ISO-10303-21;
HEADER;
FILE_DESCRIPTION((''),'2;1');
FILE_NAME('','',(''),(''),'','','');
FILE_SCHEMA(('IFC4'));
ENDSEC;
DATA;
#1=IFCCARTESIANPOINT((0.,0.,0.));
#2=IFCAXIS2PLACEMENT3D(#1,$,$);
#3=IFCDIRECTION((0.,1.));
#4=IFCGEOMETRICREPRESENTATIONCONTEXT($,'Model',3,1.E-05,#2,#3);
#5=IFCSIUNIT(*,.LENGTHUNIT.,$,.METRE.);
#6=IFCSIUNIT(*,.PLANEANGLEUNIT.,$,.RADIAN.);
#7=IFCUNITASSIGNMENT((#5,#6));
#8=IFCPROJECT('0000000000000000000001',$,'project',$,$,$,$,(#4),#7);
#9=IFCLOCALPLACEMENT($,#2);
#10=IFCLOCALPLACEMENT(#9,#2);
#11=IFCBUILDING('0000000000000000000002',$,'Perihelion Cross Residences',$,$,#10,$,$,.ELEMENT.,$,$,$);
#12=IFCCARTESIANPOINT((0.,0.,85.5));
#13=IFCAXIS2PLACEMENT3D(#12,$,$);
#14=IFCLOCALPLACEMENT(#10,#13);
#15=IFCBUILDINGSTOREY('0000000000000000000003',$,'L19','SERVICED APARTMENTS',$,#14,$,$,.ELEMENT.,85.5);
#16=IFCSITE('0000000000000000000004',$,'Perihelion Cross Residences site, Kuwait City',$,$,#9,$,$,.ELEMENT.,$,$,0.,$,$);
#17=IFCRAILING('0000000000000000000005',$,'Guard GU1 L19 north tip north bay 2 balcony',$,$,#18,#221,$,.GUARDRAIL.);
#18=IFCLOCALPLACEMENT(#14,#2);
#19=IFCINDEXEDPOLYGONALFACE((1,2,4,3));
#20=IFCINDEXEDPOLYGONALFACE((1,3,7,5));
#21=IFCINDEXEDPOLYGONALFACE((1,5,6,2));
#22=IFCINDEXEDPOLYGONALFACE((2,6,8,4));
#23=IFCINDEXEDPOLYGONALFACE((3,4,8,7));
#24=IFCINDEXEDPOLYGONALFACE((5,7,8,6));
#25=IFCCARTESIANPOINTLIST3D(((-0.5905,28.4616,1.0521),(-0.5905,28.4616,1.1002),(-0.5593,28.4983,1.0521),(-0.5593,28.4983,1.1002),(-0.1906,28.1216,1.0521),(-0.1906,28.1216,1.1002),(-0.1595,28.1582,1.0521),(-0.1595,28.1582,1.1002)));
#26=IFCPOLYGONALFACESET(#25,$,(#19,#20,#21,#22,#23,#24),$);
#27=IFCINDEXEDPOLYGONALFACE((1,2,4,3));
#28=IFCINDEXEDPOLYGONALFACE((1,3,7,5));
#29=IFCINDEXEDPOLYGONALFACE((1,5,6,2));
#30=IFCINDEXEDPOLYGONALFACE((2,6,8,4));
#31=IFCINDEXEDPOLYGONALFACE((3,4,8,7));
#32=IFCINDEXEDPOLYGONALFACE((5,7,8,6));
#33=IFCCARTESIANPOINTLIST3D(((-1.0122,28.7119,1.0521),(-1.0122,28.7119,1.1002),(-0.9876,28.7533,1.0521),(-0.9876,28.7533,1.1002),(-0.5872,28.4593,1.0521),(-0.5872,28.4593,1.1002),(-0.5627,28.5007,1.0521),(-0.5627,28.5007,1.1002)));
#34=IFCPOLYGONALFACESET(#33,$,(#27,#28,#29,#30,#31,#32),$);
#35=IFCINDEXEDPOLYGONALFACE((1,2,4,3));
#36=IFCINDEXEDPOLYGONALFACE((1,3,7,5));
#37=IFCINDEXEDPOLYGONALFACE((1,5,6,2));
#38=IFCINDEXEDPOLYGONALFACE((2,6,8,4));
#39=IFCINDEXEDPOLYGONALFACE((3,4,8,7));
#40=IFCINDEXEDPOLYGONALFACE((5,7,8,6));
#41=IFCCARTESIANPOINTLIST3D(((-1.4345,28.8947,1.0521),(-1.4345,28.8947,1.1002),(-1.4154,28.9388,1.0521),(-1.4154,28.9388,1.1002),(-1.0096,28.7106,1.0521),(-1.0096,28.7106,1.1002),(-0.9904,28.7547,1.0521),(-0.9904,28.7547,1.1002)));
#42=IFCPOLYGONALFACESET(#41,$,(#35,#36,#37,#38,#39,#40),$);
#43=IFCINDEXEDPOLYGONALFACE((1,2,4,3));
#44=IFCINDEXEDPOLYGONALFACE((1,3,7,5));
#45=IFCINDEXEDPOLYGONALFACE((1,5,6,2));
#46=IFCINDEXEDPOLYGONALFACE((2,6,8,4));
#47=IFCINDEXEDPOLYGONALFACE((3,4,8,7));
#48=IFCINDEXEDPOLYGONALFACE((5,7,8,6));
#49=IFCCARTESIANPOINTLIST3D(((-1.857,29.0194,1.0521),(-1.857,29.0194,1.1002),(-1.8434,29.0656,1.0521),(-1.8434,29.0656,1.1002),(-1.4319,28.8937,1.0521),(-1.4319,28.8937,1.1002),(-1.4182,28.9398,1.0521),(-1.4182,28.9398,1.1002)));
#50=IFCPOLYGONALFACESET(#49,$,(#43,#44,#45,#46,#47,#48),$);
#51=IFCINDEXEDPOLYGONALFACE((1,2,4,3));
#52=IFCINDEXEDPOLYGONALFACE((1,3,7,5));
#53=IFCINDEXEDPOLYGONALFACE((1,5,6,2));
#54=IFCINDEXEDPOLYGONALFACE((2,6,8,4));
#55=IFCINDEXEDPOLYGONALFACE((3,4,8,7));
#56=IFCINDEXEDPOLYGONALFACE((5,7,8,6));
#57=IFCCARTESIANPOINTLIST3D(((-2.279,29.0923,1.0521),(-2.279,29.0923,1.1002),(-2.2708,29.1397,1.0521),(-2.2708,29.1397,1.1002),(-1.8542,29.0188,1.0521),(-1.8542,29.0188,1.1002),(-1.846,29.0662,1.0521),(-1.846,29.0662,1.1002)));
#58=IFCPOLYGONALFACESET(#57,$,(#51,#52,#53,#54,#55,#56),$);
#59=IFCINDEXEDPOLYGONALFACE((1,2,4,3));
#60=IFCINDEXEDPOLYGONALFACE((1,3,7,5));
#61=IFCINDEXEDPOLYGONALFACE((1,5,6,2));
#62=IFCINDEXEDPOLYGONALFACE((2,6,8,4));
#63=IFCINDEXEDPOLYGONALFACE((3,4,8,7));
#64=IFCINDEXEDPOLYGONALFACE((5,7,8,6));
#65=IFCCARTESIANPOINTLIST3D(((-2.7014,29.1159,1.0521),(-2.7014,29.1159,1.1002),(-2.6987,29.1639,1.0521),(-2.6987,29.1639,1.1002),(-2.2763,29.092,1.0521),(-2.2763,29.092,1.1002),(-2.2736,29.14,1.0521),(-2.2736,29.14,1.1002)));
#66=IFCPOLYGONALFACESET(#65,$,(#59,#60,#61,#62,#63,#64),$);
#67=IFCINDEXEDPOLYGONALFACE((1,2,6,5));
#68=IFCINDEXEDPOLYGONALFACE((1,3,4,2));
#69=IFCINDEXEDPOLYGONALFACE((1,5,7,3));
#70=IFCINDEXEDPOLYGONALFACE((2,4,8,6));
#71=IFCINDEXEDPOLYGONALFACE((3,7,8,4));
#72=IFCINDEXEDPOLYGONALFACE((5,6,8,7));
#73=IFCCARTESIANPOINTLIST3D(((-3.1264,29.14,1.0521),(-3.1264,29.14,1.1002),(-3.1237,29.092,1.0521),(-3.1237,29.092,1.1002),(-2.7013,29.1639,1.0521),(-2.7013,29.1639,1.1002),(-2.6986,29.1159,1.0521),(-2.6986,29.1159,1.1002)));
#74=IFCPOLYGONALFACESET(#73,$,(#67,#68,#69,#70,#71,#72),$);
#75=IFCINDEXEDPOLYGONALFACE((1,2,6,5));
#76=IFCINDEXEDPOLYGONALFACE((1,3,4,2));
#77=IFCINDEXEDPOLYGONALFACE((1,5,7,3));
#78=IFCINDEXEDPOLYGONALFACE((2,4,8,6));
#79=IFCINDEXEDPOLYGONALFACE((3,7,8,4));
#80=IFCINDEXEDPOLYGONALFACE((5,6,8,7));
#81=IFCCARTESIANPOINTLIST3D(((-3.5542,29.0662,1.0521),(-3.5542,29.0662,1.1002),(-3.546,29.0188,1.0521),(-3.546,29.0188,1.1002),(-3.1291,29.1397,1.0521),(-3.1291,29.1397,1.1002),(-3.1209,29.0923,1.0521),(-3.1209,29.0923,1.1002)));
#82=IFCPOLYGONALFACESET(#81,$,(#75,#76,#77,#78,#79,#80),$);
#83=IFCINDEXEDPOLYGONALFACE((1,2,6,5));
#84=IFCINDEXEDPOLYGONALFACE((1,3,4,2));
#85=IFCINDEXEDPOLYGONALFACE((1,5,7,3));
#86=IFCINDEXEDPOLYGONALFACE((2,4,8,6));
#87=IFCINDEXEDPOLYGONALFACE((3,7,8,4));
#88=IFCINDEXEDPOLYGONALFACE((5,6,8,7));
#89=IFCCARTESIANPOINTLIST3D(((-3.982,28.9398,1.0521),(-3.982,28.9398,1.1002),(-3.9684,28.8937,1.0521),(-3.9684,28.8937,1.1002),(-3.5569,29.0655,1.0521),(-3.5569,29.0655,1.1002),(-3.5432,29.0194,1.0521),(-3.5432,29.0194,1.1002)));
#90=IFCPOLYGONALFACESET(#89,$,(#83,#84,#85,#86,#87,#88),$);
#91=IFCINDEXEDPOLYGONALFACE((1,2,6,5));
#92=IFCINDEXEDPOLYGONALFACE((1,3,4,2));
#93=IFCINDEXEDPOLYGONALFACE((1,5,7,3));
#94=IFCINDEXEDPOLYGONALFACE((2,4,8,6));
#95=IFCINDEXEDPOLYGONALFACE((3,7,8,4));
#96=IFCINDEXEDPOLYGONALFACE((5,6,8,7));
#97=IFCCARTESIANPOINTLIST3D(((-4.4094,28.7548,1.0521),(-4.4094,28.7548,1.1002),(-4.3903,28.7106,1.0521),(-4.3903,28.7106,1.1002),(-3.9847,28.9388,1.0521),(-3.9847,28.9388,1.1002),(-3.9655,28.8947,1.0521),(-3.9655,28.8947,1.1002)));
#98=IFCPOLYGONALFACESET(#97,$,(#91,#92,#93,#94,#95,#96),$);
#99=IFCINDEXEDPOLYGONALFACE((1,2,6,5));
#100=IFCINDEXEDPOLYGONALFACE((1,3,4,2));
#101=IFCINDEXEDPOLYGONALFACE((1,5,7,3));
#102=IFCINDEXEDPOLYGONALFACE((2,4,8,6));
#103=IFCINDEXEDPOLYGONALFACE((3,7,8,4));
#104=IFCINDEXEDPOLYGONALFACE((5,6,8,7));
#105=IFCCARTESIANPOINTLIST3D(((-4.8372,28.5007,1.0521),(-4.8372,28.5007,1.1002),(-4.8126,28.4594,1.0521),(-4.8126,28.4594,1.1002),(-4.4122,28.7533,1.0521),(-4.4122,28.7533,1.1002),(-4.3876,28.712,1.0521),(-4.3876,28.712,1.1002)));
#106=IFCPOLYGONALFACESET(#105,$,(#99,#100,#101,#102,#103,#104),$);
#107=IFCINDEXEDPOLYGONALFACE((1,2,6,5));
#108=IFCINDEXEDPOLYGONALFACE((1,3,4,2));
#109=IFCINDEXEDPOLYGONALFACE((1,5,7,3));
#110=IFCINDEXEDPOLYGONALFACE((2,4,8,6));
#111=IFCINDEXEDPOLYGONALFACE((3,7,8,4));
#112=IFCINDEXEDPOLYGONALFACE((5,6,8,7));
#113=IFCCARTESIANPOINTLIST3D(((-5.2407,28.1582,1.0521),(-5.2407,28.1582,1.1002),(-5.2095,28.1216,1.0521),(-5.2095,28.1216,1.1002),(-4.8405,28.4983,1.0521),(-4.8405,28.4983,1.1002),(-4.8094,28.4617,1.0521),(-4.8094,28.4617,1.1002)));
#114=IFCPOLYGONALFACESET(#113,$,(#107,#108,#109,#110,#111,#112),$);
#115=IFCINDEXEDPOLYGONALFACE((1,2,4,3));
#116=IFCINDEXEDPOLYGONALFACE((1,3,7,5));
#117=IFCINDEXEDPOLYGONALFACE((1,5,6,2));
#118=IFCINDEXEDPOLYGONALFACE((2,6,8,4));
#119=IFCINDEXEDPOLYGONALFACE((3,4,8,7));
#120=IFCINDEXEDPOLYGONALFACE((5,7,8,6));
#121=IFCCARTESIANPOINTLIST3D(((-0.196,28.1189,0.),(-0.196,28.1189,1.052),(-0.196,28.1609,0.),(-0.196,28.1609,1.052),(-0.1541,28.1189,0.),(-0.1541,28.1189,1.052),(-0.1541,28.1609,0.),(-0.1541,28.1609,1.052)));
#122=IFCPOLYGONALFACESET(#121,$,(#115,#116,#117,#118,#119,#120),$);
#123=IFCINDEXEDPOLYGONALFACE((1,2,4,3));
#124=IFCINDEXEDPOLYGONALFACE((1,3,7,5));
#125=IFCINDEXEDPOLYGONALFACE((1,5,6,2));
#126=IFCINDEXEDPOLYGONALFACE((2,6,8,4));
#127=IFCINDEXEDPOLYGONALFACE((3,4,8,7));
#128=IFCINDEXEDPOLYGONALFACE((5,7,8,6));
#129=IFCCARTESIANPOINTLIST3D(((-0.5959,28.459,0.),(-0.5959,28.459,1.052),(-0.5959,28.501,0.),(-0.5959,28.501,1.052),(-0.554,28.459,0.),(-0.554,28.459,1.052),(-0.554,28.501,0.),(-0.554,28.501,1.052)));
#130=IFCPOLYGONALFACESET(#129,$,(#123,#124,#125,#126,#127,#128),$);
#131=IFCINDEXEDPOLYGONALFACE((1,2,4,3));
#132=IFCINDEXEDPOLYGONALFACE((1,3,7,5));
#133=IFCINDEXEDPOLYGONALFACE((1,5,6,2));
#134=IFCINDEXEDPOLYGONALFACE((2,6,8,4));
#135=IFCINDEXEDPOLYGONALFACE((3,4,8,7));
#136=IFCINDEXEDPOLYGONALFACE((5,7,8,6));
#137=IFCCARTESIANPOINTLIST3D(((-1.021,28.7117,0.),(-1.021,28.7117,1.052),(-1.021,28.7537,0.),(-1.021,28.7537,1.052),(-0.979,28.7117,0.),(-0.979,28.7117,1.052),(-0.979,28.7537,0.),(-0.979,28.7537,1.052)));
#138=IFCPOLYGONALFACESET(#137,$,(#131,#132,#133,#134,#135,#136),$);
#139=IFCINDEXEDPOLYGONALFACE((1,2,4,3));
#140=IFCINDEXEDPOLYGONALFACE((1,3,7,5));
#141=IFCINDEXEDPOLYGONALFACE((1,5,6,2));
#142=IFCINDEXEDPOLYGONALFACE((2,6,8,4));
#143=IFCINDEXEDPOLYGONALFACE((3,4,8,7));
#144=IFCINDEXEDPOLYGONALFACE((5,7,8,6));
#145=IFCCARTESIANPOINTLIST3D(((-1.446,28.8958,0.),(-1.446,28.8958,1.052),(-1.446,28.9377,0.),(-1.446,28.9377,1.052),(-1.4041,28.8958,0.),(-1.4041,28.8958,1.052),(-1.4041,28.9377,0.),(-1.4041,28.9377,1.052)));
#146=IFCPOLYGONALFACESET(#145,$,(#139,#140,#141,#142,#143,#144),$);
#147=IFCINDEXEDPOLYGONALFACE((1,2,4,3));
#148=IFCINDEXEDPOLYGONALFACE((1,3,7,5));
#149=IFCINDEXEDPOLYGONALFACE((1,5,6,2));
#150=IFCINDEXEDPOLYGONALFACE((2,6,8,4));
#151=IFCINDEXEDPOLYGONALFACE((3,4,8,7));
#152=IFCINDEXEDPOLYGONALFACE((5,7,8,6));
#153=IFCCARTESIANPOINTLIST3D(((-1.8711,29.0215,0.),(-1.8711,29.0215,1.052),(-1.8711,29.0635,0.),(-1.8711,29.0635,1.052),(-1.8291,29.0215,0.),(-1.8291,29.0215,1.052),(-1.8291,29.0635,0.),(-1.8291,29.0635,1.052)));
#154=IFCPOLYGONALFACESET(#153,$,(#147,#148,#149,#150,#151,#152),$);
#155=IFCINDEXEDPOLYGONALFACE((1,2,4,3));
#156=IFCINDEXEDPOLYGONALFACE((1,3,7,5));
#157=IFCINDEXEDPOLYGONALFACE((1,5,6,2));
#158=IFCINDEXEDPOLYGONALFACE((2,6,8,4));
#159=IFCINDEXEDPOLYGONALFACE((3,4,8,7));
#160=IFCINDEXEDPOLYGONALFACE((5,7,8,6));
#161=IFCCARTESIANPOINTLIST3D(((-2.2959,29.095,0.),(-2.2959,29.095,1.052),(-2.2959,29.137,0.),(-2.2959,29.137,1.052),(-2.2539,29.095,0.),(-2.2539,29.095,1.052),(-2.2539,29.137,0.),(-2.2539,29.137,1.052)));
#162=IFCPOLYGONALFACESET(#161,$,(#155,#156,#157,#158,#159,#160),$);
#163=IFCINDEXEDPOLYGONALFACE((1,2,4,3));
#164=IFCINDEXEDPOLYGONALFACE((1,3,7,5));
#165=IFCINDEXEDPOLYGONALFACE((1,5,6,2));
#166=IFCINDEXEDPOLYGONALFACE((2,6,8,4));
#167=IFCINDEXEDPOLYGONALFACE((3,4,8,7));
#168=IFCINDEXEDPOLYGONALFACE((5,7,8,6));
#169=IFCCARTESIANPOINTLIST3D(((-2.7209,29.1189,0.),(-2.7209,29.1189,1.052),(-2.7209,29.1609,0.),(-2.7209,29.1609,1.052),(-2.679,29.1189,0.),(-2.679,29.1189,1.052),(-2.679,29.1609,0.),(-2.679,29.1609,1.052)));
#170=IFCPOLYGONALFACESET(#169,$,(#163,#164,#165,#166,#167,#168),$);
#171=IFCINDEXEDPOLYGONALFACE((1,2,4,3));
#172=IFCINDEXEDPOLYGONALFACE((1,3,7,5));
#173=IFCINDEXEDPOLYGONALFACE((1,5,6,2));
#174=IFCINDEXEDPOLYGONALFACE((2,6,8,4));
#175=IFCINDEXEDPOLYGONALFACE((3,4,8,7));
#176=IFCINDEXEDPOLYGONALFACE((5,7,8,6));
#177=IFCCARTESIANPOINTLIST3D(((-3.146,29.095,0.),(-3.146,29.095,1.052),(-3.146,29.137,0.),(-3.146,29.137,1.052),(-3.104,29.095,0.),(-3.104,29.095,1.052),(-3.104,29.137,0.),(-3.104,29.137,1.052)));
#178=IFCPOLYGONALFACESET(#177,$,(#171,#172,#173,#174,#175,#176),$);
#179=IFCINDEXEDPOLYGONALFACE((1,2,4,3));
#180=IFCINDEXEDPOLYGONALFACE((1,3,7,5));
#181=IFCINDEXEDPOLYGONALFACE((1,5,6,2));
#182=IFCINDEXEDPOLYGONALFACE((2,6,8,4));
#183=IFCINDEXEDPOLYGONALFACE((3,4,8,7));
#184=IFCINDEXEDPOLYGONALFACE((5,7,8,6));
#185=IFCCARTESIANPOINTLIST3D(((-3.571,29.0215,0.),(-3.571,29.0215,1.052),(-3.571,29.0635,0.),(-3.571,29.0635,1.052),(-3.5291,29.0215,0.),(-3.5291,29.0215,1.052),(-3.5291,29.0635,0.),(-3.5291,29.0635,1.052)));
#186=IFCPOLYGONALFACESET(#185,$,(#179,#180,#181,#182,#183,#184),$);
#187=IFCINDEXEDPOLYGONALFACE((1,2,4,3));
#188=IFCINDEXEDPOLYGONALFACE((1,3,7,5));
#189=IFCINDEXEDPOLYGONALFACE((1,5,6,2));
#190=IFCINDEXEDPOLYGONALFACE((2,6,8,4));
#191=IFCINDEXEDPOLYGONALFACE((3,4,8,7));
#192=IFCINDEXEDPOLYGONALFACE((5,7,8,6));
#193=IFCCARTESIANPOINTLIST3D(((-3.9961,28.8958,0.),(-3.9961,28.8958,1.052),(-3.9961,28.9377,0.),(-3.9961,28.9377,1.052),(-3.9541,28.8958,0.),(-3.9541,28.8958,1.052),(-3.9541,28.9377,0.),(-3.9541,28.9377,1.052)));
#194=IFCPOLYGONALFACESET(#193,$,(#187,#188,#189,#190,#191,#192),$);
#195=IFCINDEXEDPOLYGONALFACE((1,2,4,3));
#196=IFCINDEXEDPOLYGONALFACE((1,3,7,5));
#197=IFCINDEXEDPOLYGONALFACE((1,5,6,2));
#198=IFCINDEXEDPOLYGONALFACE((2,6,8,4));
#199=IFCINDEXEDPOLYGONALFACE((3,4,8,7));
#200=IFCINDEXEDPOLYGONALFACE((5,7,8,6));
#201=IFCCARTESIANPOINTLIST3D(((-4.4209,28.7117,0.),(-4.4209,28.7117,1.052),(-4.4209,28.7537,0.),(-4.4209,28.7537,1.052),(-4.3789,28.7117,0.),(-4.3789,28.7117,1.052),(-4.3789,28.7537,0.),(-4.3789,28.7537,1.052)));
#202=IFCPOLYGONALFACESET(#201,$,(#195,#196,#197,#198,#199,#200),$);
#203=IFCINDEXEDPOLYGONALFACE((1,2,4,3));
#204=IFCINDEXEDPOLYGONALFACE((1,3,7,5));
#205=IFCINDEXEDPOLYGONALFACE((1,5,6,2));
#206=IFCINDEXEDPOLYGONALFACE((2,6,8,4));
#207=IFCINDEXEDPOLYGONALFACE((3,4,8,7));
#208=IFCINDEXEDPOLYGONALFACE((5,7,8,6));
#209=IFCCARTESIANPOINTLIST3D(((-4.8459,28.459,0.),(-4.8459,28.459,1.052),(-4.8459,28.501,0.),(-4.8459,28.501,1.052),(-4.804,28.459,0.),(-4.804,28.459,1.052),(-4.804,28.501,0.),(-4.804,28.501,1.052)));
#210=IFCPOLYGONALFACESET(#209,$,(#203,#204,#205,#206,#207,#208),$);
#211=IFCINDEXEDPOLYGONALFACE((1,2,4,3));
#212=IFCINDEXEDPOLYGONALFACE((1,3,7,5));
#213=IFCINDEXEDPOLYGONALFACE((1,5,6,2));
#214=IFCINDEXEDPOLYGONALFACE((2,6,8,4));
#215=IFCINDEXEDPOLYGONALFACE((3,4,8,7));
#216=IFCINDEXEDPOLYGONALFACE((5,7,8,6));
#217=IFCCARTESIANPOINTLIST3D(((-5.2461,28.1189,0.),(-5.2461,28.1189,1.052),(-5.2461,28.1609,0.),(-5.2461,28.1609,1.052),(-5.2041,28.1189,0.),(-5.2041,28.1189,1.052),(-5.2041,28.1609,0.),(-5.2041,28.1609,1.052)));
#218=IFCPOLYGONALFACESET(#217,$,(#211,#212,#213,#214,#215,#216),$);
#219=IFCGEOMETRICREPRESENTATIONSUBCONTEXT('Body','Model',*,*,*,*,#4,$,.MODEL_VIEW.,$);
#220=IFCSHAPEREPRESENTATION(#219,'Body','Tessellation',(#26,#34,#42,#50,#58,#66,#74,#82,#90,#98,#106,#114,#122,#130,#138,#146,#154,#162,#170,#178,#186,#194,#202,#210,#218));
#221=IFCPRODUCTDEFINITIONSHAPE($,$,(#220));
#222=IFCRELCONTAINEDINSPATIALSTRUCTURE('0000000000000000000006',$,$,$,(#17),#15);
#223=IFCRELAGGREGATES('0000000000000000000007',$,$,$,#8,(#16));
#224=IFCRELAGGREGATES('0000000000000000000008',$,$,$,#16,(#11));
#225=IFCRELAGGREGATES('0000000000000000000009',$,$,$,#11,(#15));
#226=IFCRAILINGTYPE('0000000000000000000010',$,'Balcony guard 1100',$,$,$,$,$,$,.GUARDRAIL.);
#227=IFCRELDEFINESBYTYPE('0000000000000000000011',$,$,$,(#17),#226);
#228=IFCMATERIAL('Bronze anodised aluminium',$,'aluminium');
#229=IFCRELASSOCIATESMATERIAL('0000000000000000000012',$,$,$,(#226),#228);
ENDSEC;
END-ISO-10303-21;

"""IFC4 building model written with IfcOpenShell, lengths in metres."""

from ifc_helpers import new_model, si_unit, direction, frame, origin, origin_2d, place, context, subcontext, project, spatial, rectangle, extrude, material, type_object, element, save


model = new_model("IFC4")

# Units and contexts
model_context = context("Model", 3, precision=1e-05, world=origin(), true_north=direction((0.0, 1.0)))
body_context = subcontext(model_context, "Body", "Model", "MODEL_VIEW")
ifc_project = project(units=[si_unit("LENGTHUNIT", "METRE"), si_unit("PLANEANGLEUNIT", "RADIAN")], contexts=[model_context])

# Site, building, storey
site_placement = place(None, origin())
site = spatial("IfcSite", under=ifc_project, at=site_placement, Name="Perihelion Cross Residences site, Kuwait City", CompositionType="ELEMENT", RefElevation=0.0)
building_placement = place(site_placement, origin())
building = spatial("IfcBuilding", under=site, at=building_placement, Name="Perihelion Cross Residences", CompositionType="ELEMENT")
storey_placement = place(building_placement, frame((0.0, 0.0, 85.5)))
storey = spatial("IfcBuildingStorey", under=building, at=storey_placement, Name="L19", Description="SERVICED APARTMENTS", CompositionType="ELEMENT", Elevation=85.5)

# Railing
ifc_material_1 = material(Name="Bronze anodised aluminium", Category="aluminium")
railing_type = type_object("IfcRailingType", Name="Balcony guard 1100", PredefinedType="GUARDRAIL", material=ifc_material_1)
railing_placement = place(storey_placement, frame((-0.175, 28.1399, 0.0)))
element("IfcRailing", 1, at=railing_placement, inside=storey, type_object=railing_type, Name="Guard GU1 L19 north tip north bay 2 balcony", PredefinedType="GUARDRAIL", context=body_context, shape_type="SweptSolid", body=[
    extrude(rectangle(XDim=0.0481, YDim=0.0481, at=origin_2d()), frame((0.0, 0.0, 1.0762), z_axis=(-0.761779, 0.647837, 0.0), x_axis=(-0.647837, -0.761779, 0.0)), (0.0, 0.0, 1.0), 0.5249),
    extrude(rectangle(XDim=0.0481, YDim=0.0481, at=origin_2d()), frame((-0.3999, 0.3401, 1.0762), z_axis=(-0.859577, 0.511006, 0.0), x_axis=(-0.511006, -0.859577, 0.0)), (0.0, 0.0, 1.0), 0.4944),
    extrude(rectangle(XDim=0.0481, YDim=0.0481, at=origin_2d()), frame((-0.825, 0.5928, 1.0762), z_axis=(-0.917639, 0.397415, 0.0), x_axis=(-0.397415, -0.917639, 0.0)), (0.0, 0.0, 1.0), 0.4631),
    extrude(rectangle(XDim=0.0481, YDim=0.0481, at=origin_2d()), frame((-1.25, 0.7769, 1.0762), z_axis=(-0.958926, 0.283657, 0.0), x_axis=(-0.283657, -0.958926, 0.0)), (0.0, 0.0, 1.0), 0.4434),
    extrude(rectangle(XDim=0.0481, YDim=0.0481, at=origin_2d()), frame((-1.675, 0.9026, 1.0762), z_axis=(-0.985365, 0.170457, 0.0), x_axis=(-0.170457, -0.985365, 0.0)), (0.0, 0.0, 1.0), 0.4312),
    extrude(rectangle(XDim=0.0481, YDim=0.0481, at=origin_2d()), frame((-2.0999, 0.9761, 1.0762), z_axis=(-0.99842, 0.056201, 0.0), x_axis=(-0.056201, -0.99842, 0.0)), (0.0, 0.0, 1.0), 0.4258),
    extrude(rectangle(XDim=0.0481, YDim=0.0481, at=origin_2d()), frame((-2.5249, 1.0, 1.0762), z_axis=(-0.99842, -0.056201, 0.0), x_axis=(0.056201, -0.99842, 0.0)), (0.0, 0.0, 1.0), 0.4258),
    extrude(rectangle(XDim=0.0481, YDim=0.0481, at=origin_2d()), frame((-2.95, 0.9761, 1.0762), z_axis=(-0.985382, -0.170362, 0.0), x_axis=(0.170362, -0.985382, 0.0)), (0.0, 0.0, 1.0), 0.4314),
    extrude(rectangle(XDim=0.0481, YDim=0.0481, at=origin_2d()), frame((-3.375, 0.9026, 1.0762), z_axis=(-0.958926, -0.283657, 0.0), x_axis=(0.283657, -0.958926, 0.0)), (0.0, 0.0, 1.0), 0.4434),
    extrude(rectangle(XDim=0.0481, YDim=0.0481, at=origin_2d()), frame((-3.8, 0.7769, 1.0762), z_axis=(-0.917556, -0.397607, 0.0), x_axis=(0.397607, -0.917556, 0.0)), (0.0, 0.0, 1.0), 0.4629),
    extrude(rectangle(XDim=0.0481, YDim=0.0481, at=origin_2d()), frame((-4.2249, 0.5928, 1.0762), z_axis=(-0.859577, -0.511006, 0.0), x_axis=(0.511006, -0.859577, 0.0)), (0.0, 0.0, 1.0), 0.4944),
    extrude(rectangle(XDim=0.0481, YDim=0.0481, at=origin_2d()), frame((-4.6499, 0.3401, 1.0762), z_axis=(-0.761974, -0.647608, 0.0), x_axis=(0.647608, -0.761974, 0.0)), (0.0, 0.0, 1.0), 0.5251),
    extrude(rectangle(XDim=0.042, YDim=0.042, at=origin_2d()), origin(), (0.0, 0.0, 1.0), 1.052),
    extrude(rectangle(XDim=0.042, YDim=0.042, at=origin_2d()), frame((-0.3999, 0.3401, 0.0)), (0.0, 0.0, 1.0), 1.052),
    extrude(rectangle(XDim=0.042, YDim=0.042, at=origin_2d()), frame((-0.825, 0.5928, 0.0)), (0.0, 0.0, 1.0), 1.052),
    extrude(rectangle(XDim=0.042, YDim=0.042, at=origin_2d()), frame((-1.25, 0.7769, 0.0)), (0.0, 0.0, 1.0), 1.052),
    extrude(rectangle(XDim=0.042, YDim=0.042, at=origin_2d()), frame((-1.675, 0.9026, 0.0)), (0.0, 0.0, 1.0), 1.052),
    extrude(rectangle(XDim=0.042, YDim=0.042, at=origin_2d()), frame((-2.0999, 0.9761, 0.0)), (0.0, 0.0, 1.0), 1.052),
    extrude(rectangle(XDim=0.042, YDim=0.042, at=origin_2d()), frame((-2.5249, 1.0, 0.0)), (0.0, 0.0, 1.0), 1.052),
    extrude(rectangle(XDim=0.042, YDim=0.042, at=origin_2d()), frame((-2.95, 0.9761, 0.0)), (0.0, 0.0, 1.0), 1.052),
    extrude(rectangle(XDim=0.042, YDim=0.042, at=origin_2d()), frame((-3.375, 0.9026, 0.0)), (0.0, 0.0, 1.0), 1.052),
    extrude(rectangle(XDim=0.042, YDim=0.042, at=origin_2d()), frame((-3.8, 0.7769, 0.0)), (0.0, 0.0, 1.0), 1.052),
    extrude(rectangle(XDim=0.042, YDim=0.042, at=origin_2d()), frame((-4.2249, 0.5928, 0.0)), (0.0, 0.0, 1.0), 1.052),
    extrude(rectangle(XDim=0.042, YDim=0.042, at=origin_2d()), frame((-4.6499, 0.3401, 0.0)), (0.0, 0.0, 1.0), 1.052),
    extrude(rectangle(XDim=0.042, YDim=0.042, at=origin_2d()), frame((-5.05, 0.0, 0.0)), (0.0, 0.0, 1.0), 1.052),
])

save(model, "model.ifc")
